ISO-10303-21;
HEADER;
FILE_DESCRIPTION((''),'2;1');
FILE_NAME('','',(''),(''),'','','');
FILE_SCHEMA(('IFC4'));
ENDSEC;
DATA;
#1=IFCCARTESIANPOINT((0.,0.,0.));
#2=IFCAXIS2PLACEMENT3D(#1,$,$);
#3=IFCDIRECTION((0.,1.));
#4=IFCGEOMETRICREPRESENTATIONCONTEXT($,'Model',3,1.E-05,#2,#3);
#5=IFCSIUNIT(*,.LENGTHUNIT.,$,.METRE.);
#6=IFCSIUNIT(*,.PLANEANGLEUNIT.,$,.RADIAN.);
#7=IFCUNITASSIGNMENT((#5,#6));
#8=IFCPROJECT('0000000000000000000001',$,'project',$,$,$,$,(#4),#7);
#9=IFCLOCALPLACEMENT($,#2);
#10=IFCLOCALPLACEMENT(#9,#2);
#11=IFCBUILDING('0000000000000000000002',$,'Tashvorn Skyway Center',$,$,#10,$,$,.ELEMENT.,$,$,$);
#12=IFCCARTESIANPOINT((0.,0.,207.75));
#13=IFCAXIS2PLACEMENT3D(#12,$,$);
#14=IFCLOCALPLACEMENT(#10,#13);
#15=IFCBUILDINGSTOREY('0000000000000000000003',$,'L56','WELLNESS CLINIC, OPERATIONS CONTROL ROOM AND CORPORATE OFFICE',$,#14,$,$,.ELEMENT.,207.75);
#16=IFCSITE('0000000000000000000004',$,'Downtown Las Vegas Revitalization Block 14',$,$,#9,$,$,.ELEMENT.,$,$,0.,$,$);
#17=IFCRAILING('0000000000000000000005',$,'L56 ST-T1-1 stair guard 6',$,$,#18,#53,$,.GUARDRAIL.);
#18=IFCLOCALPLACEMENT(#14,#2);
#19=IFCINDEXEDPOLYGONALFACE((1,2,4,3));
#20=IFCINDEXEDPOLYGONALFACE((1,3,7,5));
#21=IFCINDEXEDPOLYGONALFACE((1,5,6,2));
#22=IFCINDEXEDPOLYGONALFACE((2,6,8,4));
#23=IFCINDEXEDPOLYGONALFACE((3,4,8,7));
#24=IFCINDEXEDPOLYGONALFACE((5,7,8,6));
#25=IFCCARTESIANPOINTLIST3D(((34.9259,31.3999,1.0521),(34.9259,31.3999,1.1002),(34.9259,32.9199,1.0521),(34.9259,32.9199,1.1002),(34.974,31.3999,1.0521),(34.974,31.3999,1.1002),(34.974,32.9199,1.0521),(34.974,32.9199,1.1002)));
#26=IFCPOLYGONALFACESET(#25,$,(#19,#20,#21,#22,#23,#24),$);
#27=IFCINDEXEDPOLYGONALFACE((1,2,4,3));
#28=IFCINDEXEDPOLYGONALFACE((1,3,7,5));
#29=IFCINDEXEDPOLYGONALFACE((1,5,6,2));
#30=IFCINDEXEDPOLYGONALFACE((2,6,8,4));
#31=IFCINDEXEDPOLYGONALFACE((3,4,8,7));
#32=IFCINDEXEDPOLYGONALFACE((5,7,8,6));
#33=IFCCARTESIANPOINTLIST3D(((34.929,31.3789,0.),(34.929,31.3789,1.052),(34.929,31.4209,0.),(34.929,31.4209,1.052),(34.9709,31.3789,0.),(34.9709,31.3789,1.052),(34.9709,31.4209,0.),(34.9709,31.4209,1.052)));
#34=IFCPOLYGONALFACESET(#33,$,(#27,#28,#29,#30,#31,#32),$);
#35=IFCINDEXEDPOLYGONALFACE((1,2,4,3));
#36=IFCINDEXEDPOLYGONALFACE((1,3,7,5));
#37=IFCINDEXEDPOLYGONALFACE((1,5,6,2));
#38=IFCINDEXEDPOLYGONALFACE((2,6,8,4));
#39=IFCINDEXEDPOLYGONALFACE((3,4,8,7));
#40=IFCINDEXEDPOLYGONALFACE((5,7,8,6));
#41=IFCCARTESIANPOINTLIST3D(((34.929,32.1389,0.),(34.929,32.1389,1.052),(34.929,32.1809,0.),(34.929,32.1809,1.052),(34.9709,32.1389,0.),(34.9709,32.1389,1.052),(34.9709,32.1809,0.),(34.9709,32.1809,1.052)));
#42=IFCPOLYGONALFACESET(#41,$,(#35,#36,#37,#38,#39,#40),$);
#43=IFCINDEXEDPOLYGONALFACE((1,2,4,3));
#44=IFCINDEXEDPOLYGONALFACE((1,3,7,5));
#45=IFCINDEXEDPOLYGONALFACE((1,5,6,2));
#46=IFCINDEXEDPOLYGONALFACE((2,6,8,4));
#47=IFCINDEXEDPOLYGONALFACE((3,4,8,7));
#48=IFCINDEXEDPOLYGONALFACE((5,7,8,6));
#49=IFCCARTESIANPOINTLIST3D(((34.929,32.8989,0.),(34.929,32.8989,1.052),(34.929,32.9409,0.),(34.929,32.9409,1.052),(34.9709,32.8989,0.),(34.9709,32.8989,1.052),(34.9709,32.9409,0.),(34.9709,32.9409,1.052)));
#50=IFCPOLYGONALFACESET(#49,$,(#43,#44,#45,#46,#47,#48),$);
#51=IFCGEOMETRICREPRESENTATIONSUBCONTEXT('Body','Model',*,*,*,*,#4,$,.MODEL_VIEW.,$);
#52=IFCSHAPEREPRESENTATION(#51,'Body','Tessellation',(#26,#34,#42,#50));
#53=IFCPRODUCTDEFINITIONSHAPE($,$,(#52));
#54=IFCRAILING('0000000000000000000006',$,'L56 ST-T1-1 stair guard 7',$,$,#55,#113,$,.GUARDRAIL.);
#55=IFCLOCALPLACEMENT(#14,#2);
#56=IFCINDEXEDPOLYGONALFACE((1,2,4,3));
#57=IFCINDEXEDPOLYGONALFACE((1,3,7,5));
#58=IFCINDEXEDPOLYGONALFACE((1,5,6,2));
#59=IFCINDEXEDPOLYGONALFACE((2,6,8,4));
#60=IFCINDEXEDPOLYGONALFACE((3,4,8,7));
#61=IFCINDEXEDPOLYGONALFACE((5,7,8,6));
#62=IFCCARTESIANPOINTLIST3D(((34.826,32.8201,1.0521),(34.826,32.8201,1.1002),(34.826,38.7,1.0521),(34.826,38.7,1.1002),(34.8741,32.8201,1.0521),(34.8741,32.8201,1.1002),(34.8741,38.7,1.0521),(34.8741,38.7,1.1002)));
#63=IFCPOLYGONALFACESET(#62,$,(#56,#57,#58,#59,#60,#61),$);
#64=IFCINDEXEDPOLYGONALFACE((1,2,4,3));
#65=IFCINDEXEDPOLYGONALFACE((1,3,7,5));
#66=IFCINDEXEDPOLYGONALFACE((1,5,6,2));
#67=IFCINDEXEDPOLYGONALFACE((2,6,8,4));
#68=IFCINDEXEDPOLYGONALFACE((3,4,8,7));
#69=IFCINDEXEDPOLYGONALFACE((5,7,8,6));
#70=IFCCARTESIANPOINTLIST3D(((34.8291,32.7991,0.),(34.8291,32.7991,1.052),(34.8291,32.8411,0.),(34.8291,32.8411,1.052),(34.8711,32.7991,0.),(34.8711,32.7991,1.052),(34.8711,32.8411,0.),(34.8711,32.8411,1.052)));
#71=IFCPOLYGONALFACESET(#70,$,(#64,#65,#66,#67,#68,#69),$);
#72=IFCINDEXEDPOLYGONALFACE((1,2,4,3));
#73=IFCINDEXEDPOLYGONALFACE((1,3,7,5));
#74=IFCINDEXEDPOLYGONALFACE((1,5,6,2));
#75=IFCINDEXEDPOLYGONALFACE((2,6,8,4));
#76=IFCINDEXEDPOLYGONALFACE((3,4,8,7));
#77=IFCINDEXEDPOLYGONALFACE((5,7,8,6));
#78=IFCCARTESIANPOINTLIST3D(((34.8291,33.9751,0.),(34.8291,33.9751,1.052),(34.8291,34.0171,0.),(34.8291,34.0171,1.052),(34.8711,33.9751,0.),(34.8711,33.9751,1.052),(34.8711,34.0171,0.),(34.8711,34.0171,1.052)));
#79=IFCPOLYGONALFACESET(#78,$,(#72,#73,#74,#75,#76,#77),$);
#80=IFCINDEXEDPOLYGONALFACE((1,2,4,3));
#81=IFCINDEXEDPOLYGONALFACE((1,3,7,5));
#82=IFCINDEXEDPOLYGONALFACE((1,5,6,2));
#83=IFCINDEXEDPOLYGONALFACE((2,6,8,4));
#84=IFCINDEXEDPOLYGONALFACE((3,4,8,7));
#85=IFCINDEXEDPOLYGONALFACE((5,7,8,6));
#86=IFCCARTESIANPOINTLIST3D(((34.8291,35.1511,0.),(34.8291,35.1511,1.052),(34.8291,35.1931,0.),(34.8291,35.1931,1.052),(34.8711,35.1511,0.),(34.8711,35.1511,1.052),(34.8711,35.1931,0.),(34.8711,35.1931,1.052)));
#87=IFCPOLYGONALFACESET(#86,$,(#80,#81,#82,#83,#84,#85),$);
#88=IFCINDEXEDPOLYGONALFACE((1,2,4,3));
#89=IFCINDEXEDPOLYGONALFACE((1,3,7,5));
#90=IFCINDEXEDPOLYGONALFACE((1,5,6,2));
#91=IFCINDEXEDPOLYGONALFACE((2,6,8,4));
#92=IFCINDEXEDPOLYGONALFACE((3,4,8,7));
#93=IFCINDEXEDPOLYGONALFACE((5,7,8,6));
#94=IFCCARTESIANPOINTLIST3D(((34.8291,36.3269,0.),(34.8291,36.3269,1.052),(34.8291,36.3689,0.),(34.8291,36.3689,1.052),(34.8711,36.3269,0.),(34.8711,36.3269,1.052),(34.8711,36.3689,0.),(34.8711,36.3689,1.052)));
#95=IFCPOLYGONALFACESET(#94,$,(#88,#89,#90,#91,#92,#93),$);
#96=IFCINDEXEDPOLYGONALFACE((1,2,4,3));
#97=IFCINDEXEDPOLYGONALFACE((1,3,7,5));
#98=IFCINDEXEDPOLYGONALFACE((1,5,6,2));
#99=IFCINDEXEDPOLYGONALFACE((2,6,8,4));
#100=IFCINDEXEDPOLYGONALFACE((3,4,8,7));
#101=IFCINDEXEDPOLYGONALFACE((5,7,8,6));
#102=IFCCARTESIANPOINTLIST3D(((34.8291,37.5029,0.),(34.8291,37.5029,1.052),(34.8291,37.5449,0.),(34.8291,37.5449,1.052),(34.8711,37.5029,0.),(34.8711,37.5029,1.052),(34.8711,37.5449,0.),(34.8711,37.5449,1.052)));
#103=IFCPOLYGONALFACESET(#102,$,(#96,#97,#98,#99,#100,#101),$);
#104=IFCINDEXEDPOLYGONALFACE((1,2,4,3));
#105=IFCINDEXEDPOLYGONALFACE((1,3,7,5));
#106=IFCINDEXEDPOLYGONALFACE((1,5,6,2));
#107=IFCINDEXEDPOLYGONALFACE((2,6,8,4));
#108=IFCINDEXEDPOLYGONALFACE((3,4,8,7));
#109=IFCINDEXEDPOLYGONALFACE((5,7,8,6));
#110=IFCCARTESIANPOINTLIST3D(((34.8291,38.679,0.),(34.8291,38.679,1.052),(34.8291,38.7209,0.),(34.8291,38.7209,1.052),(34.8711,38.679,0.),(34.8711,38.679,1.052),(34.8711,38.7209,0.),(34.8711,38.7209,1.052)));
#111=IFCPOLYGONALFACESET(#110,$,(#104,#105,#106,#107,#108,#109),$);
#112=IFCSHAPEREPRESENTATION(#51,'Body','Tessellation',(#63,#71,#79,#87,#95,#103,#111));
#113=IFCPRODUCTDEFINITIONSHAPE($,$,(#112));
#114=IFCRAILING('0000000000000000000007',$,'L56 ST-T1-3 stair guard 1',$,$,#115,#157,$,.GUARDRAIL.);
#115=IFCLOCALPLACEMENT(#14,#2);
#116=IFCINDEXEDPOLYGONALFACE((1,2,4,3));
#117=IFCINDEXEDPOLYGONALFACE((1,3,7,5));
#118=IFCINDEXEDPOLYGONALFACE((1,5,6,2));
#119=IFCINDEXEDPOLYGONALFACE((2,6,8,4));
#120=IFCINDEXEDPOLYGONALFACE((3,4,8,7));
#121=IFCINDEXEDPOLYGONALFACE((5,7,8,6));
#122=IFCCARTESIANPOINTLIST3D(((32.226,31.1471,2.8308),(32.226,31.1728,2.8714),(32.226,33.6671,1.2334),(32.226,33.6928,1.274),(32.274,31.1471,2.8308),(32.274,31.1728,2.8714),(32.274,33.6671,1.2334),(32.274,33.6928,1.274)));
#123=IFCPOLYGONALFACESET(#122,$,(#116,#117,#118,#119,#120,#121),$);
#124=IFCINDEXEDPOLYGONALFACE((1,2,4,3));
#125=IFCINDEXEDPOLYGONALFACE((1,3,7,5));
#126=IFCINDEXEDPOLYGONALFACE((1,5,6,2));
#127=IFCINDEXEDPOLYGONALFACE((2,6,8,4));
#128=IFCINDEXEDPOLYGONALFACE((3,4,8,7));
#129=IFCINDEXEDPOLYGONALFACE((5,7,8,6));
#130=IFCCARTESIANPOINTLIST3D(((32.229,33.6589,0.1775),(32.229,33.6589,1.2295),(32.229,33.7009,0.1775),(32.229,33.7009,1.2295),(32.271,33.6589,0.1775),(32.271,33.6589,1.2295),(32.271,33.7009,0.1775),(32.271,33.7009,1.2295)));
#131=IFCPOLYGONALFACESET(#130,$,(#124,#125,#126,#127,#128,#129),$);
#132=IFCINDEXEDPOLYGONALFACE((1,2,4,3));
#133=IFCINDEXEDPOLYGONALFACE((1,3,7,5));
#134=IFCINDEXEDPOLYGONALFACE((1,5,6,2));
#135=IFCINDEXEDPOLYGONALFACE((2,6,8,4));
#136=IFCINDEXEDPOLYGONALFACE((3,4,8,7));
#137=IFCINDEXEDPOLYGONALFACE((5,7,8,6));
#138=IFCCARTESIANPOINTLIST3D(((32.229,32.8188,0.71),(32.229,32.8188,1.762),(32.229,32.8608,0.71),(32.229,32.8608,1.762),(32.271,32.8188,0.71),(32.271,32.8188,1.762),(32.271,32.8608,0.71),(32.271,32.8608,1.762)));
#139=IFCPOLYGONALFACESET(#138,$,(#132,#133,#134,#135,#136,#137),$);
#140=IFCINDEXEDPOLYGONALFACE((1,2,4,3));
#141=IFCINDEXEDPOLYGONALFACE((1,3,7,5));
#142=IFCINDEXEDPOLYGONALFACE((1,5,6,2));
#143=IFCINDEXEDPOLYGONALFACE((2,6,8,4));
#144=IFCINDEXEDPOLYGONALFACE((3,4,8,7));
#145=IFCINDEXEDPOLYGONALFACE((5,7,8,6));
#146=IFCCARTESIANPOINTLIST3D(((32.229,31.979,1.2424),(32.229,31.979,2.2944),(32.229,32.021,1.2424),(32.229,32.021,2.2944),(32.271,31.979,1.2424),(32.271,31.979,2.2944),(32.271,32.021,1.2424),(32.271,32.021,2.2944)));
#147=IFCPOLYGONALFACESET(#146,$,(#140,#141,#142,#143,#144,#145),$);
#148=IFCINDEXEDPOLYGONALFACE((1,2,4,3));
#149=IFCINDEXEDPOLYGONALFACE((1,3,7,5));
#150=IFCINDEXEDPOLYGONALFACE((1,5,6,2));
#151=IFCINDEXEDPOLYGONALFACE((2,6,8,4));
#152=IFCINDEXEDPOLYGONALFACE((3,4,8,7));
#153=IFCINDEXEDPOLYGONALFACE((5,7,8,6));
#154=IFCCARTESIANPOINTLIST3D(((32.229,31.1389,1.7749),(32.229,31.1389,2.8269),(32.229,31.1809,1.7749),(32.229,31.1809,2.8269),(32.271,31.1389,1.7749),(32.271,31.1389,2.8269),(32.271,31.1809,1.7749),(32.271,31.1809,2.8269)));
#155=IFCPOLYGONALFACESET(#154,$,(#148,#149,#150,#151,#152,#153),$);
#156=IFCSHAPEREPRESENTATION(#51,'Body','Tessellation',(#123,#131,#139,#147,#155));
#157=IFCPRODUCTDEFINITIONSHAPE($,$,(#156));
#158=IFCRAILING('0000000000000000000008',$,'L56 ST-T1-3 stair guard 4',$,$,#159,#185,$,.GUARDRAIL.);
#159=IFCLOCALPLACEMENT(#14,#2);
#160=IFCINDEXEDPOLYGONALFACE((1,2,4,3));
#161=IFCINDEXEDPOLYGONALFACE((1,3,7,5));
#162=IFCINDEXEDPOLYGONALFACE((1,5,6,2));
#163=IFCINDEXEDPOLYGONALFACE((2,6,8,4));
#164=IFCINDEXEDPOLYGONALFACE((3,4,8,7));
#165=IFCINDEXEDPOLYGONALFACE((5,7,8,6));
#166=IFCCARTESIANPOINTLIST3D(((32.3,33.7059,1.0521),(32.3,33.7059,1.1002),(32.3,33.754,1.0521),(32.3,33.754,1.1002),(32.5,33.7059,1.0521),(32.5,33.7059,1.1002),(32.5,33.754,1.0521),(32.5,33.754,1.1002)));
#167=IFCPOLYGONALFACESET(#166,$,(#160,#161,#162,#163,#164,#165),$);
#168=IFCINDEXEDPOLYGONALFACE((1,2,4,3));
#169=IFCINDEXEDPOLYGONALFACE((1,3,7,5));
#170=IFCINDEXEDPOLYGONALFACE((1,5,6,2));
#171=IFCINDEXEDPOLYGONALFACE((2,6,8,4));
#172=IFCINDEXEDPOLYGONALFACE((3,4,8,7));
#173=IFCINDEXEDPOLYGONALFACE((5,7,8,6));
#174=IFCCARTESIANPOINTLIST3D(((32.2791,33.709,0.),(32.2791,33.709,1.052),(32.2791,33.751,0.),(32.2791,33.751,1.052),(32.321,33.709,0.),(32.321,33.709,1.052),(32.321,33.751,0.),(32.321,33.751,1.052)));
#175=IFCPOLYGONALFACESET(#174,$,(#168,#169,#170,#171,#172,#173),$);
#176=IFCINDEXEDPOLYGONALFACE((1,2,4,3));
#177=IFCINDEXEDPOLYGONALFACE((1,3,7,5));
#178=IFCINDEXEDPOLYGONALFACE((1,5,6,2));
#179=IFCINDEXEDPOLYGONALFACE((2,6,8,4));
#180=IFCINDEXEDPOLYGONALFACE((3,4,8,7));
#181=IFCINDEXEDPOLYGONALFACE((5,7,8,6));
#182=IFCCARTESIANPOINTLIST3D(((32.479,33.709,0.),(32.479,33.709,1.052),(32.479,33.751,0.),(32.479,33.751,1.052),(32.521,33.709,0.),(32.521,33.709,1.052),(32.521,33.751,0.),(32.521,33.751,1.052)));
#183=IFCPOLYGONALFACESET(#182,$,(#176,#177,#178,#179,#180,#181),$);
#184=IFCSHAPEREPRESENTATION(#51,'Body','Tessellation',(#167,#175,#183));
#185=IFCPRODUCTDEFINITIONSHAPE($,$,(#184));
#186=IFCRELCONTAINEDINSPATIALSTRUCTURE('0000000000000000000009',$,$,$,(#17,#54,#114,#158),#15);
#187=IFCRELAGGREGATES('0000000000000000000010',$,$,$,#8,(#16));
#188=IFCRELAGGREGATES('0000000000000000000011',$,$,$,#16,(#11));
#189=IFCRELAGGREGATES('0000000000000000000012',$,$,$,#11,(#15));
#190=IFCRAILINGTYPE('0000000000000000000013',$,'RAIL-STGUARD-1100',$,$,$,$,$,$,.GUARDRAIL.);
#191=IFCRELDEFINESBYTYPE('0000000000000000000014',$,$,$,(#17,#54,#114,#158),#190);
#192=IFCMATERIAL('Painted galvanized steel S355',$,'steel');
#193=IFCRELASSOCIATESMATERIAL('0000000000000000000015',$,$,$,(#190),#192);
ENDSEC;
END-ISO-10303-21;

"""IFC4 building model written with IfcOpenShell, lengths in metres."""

from ifc_helpers import new_model, si_unit, direction, frame, origin, origin_2d, place, context, subcontext, project, spatial, rectangle, extrude, material, type_object, element, save


model = new_model("IFC4")

# Units and contexts
model_context = context("Model", 3, precision=1e-05, world=origin(), true_north=direction((0.0, 1.0)))
body_context = subcontext(model_context, "Body", "Model", "MODEL_VIEW")
ifc_project = project(units=[si_unit("LENGTHUNIT", "METRE"), si_unit("PLANEANGLEUNIT", "RADIAN")], contexts=[model_context])

# Site, building, storey
site_placement = place(None, origin())
site = spatial("IfcSite", under=ifc_project, at=site_placement, Name="Downtown Las Vegas Revitalization Block 14", CompositionType="ELEMENT", RefElevation=0.0)
building_placement = place(site_placement, origin())
building = spatial("IfcBuilding", under=site, at=building_placement, Name="Tashvorn Skyway Center", CompositionType="ELEMENT")
storey_placement = place(building_placement, frame((0.0, 0.0, 207.75)))
storey = spatial("IfcBuildingStorey", under=building, at=storey_placement, Name="L56", Description="WELLNESS CLINIC, OPERATIONS CONTROL ROOM AND CORPORATE OFFICE", CompositionType="ELEMENT", Elevation=207.75)

# Railings
ifc_material_1 = material(Name="Painted galvanized steel S355", Category="steel")
railing_type_1 = type_object("IfcRailingType", Name="RAIL-STGUARD-1100", PredefinedType="GUARDRAIL", material=ifc_material_1)
railing_1_placement = place(storey_placement, frame((34.95, 31.3999, 0.0)))
element("IfcRailing", 1, at=railing_1_placement, inside=storey, type_object=railing_type_1, Name="L56 ST-T1-1 stair guard 6", PredefinedType="GUARDRAIL", context=body_context, shape_type="SweptSolid", body=[
    extrude(rectangle(XDim=0.0481, YDim=0.0481, at=origin_2d()), frame((0.0, 0.0, 1.0762), z_axis=(0.0, 1.0, 0.0), x_axis=(-1.0, 0.0, 0.0)), (0.0, 0.0, 1.0), 1.52),
    extrude(rectangle(XDim=0.042, YDim=0.042, at=origin_2d()), origin(), (0.0, 0.0, 1.0), 1.052),
    extrude(rectangle(XDim=0.042, YDim=0.042, at=origin_2d()), frame((0.0, 0.76, 0.0)), (0.0, 0.0, 1.0), 1.052),
    extrude(rectangle(XDim=0.042, YDim=0.042, at=origin_2d()), frame((0.0, 1.52, 0.0)), (0.0, 0.0, 1.0), 1.052),
])
railing_2_placement = place(storey_placement, frame((34.8501, 32.8201, 0.0)))
element("IfcRailing", 2, at=railing_2_placement, inside=storey, type_object=railing_type_1, Name="L56 ST-T1-1 stair guard 7", PredefinedType="GUARDRAIL", context=body_context, shape_type="SweptSolid", body=[
    extrude(rectangle(XDim=0.0481, YDim=0.0481, at=origin_2d()), frame((0.0, 0.0, 1.0762), z_axis=(0.0, 1.0, 0.0), x_axis=(-1.0, 0.0, 0.0)), (0.0, 0.0, 1.0), 5.8799),
    extrude(rectangle(XDim=0.042, YDim=0.042, at=origin_2d()), origin(), (0.0, 0.0, 1.0), 1.052),
    extrude(rectangle(XDim=0.042, YDim=0.042, at=origin_2d()), frame((0.0, 1.176, 0.0)), (0.0, 0.0, 1.0), 1.052),
    extrude(rectangle(XDim=0.042, YDim=0.042, at=origin_2d()), frame((0.0, 2.3521, 0.0)), (0.0, 0.0, 1.0), 1.052),
    extrude(rectangle(XDim=0.042, YDim=0.042, at=origin_2d()), frame((0.0, 3.5278, 0.0)), (0.0, 0.0, 1.0), 1.052),
    extrude(rectangle(XDim=0.042, YDim=0.042, at=origin_2d()), frame((0.0, 4.7039, 0.0)), (0.0, 0.0, 1.0), 1.052),
    extrude(rectangle(XDim=0.042, YDim=0.042, at=origin_2d()), frame((0.0, 5.8799, 0.0)), (0.0, 0.0, 1.0), 1.052),
])
railing_3_placement = place(storey_placement, frame((32.25, 33.6799, 0.1775)))
element("IfcRailing", 3, at=railing_3_placement, inside=storey, type_object=railing_type_1, Name="L56 ST-T1-3 stair guard 1", PredefinedType="GUARDRAIL", context=body_context, shape_type="SweptSolid", body=[
    extrude(rectangle(XDim=0.0481, YDim=0.0481, at=origin_2d()), frame((0.0, 0.0, 1.0762), z_axis=(0.0, -0.844607, 0.535387), x_axis=(1.0, 0.0, 0.0)), (0.0, 0.0, 1.0), 2.9836),
    extrude(rectangle(XDim=0.042, YDim=0.042, at=origin_2d()), origin(), (0.0, 0.0, 1.0), 1.052),
    extrude(rectangle(XDim=0.042, YDim=0.042, at=origin_2d()), frame((0.0, -0.8401, 0.5325)), (0.0, 0.0, 1.0), 1.052),
    extrude(rectangle(XDim=0.042, YDim=0.042, at=origin_2d()), frame((0.0, -1.6799, 1.0649)), (0.0, 0.0, 1.0), 1.052),
    extrude(rectangle(XDim=0.042, YDim=0.042, at=origin_2d()), frame((0.0, -2.52, 1.5974)), (0.0, 0.0, 1.0), 1.052),
])
railing_4_placement = place(storey_placement, frame((32.3, 33.73, 0.0)))
element("IfcRailing", 4, at=railing_4_placement, inside=storey, type_object=railing_type_1, Name="L56 ST-T1-3 stair guard 4", PredefinedType="GUARDRAIL", context=body_context, shape_type="SweptSolid", body=[
    extrude(rectangle(XDim=0.0481, YDim=0.0481, at=origin_2d()), frame((0.0, 0.0, 1.0762), z_axis=(1.0, 0.0, 0.0), x_axis=(0.0, 1.0, 0.0)), (0.0, 0.0, 1.0), 0.2),
    extrude(rectangle(XDim=0.042, YDim=0.042, at=origin_2d()), origin(), (0.0, 0.0, 1.0), 1.052),
    extrude(rectangle(XDim=0.042, YDim=0.042, at=origin_2d()), frame((0.2, 0.0, 0.0)), (0.0, 0.0, 1.0), 1.052),
])

save(model, "model.ifc")
